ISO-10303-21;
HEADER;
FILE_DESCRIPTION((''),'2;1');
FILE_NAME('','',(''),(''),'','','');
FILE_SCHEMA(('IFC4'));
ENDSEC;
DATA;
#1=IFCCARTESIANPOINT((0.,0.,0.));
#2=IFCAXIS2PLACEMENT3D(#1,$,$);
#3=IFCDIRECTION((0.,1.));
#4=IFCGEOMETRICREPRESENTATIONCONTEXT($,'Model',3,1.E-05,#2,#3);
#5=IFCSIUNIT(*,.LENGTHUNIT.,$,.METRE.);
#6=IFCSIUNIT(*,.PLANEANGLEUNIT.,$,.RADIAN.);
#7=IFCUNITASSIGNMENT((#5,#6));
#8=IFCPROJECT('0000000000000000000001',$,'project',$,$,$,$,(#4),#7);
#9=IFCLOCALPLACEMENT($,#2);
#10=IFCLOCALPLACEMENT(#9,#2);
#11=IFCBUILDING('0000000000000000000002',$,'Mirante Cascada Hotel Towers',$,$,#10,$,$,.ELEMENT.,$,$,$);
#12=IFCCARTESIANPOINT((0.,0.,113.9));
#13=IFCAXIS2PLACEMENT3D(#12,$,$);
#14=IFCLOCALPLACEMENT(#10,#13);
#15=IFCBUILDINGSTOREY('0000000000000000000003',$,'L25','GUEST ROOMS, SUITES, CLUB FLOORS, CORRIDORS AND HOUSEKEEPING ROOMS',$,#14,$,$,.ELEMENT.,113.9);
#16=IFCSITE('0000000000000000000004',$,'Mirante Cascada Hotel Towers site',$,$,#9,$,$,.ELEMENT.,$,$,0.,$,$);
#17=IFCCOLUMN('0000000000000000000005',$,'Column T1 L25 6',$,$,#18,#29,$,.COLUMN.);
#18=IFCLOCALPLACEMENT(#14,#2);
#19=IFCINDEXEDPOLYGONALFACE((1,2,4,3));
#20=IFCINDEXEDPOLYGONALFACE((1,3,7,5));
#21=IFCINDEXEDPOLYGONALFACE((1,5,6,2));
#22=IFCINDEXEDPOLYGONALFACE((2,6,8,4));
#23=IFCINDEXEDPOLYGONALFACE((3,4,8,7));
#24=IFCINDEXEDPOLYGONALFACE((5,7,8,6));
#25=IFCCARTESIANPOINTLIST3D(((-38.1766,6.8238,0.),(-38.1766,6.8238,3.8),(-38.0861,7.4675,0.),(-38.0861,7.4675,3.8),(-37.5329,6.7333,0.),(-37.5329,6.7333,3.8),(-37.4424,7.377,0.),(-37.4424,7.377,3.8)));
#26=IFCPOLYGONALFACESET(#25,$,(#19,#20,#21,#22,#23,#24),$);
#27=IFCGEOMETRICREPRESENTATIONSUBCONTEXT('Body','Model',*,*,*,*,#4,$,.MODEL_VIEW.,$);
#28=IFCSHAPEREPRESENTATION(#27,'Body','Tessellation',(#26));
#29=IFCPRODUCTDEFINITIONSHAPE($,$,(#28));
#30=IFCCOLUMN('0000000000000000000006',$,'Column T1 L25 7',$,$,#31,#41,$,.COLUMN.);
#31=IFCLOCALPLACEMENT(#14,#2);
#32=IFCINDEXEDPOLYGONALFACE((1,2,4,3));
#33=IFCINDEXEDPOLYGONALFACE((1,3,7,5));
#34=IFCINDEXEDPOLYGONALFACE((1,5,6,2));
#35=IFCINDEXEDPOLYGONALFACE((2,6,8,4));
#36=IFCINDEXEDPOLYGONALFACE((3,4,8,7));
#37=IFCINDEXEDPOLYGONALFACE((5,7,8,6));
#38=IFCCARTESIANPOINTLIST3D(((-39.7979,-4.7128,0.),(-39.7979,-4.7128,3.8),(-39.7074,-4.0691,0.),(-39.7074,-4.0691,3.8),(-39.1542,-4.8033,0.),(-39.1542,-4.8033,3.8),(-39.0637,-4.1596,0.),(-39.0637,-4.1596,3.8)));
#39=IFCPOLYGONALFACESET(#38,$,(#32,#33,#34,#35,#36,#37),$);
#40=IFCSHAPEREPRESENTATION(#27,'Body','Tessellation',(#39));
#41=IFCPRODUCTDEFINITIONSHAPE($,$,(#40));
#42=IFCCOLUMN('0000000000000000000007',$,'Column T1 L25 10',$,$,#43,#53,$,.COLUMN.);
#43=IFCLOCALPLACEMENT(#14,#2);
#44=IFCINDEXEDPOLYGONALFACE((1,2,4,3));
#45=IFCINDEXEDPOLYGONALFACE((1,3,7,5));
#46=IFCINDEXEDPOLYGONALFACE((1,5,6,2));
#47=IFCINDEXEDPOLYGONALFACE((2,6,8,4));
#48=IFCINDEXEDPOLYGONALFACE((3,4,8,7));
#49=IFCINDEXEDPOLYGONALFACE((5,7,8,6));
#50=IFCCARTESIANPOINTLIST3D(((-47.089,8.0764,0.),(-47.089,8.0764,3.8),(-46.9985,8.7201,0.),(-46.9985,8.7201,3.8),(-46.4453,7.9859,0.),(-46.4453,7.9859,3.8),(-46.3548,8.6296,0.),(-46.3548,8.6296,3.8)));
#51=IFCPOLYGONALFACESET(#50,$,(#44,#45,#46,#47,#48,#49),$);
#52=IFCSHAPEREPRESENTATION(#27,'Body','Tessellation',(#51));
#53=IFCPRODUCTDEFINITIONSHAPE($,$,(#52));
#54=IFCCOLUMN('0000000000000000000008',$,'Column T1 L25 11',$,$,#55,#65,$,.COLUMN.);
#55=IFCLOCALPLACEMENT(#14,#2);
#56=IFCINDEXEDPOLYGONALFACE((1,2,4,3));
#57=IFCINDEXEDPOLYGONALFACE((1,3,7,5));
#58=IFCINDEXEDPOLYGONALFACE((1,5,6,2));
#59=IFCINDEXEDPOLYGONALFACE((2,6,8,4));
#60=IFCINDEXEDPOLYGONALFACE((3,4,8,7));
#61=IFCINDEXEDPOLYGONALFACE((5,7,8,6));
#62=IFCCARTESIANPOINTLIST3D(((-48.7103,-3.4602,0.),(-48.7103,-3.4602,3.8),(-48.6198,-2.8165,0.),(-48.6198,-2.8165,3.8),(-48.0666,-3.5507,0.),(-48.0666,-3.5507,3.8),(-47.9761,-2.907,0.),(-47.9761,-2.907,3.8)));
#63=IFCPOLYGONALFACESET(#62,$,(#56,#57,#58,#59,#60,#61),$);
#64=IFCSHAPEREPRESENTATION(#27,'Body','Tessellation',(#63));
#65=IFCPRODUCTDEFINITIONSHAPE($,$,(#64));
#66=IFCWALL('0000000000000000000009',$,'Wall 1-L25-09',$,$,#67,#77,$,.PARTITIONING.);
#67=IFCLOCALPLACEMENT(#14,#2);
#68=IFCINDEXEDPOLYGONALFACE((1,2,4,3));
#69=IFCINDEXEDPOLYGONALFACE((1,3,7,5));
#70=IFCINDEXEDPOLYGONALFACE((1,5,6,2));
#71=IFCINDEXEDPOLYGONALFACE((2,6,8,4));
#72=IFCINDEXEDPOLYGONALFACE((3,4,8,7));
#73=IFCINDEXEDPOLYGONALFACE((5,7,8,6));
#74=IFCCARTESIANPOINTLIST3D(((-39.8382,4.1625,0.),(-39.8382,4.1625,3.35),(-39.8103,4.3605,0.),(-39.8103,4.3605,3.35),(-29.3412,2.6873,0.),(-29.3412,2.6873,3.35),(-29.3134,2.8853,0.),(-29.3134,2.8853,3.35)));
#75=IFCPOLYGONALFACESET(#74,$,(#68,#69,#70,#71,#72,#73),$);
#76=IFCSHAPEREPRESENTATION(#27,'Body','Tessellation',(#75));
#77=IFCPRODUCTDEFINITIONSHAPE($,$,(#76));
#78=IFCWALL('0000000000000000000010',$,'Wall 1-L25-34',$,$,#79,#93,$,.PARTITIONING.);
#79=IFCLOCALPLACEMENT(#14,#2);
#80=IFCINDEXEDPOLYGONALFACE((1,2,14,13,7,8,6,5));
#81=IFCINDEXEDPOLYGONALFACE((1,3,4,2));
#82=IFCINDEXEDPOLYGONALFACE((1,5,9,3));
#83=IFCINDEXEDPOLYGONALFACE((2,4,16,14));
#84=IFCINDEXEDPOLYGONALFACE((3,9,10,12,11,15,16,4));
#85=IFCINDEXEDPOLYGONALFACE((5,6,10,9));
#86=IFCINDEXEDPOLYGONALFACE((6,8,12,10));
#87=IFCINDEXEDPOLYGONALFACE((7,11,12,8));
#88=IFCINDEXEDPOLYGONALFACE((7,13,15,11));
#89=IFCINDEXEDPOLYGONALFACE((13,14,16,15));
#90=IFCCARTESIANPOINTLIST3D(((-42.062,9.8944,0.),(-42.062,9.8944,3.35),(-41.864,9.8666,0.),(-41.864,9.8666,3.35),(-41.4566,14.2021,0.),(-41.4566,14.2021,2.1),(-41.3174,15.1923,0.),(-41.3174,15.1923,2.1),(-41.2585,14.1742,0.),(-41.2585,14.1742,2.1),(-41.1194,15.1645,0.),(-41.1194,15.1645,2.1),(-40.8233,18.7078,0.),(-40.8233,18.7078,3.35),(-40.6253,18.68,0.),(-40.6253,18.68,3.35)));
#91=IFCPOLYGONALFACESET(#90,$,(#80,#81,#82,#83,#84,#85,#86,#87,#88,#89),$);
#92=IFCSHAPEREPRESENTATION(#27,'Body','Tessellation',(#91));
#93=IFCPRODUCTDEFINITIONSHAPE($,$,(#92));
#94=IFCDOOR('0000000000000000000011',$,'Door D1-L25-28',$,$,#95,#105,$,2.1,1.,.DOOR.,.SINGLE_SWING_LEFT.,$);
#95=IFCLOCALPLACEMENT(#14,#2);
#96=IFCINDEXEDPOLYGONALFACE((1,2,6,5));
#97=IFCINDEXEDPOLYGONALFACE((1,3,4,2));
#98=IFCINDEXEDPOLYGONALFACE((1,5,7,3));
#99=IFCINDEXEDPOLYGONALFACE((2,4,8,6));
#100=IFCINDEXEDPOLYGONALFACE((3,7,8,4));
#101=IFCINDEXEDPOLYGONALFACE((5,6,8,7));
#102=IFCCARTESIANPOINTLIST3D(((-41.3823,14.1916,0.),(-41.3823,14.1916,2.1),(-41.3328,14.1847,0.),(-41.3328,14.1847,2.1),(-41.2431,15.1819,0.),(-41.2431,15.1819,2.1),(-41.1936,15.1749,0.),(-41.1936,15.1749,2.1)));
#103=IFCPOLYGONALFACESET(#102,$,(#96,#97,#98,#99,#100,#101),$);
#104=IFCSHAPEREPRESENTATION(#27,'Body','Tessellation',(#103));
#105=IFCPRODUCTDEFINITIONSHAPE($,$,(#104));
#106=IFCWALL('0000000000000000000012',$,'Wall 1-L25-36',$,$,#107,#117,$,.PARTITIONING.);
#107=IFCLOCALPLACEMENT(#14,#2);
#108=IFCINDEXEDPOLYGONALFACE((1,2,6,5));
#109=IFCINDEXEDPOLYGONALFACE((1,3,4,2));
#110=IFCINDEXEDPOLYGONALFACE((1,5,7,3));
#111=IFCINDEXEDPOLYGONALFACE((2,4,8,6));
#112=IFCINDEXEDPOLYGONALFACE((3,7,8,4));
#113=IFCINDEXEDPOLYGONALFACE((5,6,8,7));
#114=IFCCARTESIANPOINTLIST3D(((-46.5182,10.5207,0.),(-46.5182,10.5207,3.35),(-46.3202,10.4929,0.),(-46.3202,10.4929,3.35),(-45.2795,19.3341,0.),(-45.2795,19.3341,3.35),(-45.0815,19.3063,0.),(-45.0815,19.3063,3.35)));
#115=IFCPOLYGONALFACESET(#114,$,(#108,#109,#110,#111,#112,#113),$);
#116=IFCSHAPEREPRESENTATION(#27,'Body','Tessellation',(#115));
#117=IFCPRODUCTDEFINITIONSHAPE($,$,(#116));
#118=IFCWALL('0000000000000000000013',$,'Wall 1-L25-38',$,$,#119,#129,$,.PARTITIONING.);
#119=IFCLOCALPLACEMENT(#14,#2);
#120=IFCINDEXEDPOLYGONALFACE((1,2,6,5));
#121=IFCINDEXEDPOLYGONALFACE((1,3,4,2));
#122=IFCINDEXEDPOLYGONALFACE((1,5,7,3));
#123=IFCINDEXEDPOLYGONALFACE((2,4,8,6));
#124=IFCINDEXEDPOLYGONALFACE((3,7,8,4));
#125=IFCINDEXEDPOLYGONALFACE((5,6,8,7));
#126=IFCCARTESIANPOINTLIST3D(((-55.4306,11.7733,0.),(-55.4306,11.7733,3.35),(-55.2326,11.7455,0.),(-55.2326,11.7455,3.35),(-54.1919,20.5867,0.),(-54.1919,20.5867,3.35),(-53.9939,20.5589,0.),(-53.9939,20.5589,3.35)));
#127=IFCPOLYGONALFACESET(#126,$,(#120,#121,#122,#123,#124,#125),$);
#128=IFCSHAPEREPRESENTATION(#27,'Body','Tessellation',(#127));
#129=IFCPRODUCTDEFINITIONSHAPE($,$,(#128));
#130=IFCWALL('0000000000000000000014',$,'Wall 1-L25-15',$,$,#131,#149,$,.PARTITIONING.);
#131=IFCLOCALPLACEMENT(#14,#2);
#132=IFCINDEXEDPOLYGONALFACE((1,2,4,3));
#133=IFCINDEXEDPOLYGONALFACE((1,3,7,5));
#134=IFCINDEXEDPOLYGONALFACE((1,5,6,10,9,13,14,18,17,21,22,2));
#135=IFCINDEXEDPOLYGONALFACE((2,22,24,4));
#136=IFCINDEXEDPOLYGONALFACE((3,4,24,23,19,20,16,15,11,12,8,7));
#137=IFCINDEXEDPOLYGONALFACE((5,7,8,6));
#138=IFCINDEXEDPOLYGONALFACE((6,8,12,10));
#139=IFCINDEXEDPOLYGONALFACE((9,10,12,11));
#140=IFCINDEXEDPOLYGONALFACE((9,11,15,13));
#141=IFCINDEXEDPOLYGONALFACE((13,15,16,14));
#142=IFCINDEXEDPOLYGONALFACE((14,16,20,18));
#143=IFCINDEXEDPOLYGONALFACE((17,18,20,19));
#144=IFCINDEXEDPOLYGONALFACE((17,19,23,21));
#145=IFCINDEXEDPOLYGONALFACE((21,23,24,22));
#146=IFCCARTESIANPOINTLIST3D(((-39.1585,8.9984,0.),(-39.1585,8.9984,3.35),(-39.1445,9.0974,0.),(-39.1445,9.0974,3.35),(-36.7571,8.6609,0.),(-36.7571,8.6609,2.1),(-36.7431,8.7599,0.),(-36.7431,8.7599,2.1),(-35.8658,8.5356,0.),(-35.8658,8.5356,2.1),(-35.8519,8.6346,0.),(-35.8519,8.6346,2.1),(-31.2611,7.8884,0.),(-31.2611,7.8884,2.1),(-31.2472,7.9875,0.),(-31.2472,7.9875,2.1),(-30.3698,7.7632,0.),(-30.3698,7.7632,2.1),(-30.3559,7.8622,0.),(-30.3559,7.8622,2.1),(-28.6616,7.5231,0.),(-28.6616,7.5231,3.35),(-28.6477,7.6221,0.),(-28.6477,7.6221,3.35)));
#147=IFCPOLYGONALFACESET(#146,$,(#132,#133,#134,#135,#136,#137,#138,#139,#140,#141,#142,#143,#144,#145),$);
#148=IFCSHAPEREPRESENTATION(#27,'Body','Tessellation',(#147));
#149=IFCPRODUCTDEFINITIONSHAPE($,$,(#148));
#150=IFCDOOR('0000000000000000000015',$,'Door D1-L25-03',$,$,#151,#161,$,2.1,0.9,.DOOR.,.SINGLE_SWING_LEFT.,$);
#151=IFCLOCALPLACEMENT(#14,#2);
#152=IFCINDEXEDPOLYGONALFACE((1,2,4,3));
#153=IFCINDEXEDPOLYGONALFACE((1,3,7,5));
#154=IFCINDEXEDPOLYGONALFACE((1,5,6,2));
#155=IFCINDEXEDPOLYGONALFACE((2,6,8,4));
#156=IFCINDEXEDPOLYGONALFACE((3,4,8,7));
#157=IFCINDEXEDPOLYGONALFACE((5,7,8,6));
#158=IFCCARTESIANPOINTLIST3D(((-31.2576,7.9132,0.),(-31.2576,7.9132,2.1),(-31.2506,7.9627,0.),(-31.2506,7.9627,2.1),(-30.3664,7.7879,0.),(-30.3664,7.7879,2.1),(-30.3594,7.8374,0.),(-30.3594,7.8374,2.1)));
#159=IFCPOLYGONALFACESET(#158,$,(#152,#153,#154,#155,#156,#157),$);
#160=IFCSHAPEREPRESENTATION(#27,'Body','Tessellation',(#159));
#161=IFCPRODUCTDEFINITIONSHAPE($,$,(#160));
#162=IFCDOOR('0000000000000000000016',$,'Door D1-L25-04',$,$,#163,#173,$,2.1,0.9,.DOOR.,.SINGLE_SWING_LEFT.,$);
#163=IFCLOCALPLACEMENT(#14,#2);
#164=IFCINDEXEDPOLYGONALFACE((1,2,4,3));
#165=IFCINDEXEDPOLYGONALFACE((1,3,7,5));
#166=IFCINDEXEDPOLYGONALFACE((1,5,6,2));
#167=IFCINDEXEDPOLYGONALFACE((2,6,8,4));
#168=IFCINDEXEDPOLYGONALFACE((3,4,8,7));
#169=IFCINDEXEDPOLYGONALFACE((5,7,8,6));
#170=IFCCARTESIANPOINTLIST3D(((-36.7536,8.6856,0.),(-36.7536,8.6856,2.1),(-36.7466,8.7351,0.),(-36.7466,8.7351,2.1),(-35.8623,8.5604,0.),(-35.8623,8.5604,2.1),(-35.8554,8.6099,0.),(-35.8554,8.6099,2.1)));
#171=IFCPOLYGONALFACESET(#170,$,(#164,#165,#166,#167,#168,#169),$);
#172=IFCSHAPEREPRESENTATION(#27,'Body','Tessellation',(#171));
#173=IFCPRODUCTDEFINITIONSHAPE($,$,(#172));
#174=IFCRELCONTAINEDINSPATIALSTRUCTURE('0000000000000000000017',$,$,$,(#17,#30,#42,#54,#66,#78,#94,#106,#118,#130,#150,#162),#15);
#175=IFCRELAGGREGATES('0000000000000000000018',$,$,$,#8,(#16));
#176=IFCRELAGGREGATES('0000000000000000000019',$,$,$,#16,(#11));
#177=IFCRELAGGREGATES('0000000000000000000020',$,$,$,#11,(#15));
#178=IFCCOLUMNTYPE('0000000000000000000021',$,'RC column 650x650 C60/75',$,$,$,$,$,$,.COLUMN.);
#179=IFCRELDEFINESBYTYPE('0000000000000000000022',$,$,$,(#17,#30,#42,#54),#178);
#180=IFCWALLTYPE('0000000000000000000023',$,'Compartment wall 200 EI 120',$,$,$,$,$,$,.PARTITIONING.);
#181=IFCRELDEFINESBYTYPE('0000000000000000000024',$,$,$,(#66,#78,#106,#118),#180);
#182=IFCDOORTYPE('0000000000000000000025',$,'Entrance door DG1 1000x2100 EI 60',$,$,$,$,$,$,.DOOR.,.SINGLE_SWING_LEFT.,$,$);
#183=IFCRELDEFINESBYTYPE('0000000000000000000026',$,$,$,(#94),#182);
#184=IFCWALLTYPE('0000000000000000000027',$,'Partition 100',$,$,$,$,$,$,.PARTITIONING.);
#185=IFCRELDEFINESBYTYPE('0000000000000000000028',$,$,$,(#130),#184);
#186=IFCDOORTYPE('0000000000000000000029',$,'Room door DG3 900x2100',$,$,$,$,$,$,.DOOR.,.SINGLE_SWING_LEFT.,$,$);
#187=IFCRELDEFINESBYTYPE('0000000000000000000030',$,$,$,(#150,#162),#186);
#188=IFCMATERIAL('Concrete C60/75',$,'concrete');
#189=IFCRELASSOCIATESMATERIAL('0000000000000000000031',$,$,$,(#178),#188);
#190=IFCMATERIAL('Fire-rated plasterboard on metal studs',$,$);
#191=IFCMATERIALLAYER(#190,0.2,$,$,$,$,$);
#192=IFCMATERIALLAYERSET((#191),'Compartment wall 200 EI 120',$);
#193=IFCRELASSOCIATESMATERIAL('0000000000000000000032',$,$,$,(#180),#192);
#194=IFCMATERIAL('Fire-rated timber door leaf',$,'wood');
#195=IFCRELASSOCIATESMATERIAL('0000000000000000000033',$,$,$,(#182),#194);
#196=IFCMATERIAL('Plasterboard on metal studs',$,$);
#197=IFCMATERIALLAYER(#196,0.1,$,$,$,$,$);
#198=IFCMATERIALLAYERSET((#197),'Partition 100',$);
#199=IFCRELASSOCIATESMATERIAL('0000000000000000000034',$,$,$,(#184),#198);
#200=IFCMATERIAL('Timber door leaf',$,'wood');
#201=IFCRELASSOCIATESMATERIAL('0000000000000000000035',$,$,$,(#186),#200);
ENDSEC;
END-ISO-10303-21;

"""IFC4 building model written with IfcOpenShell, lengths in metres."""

from ifc_helpers import new_model, si_unit, direction, frame, frame_2d, origin, origin_2d, place, context, subcontext, project, spatial, rectangle, extrude, material, layer, layer_set, material_profile, profile_set, type_object, element, fill, save


model = new_model("IFC4")

# Units and contexts
model_context = context("Model", 3, precision=1e-05, world=origin(), true_north=direction((0.0, 1.0)))
body_context = subcontext(model_context, "Body", "Model", "MODEL_VIEW")
ifc_project = project(units=[si_unit("LENGTHUNIT", "METRE"), si_unit("PLANEANGLEUNIT", "RADIAN")], contexts=[model_context])

# Site, building, storey
site_placement = place(None, origin())
site = spatial("IfcSite", under=ifc_project, at=site_placement, Name="Mirante Cascada Hotel Towers site", CompositionType="ELEMENT", RefElevation=0.0)
building_placement = place(site_placement, origin())
building = spatial("IfcBuilding", under=site, at=building_placement, Name="Mirante Cascada Hotel Towers", CompositionType="ELEMENT")
storey_placement = place(building_placement, frame((0.0, 0.0, 113.9)))
storey = spatial("IfcBuildingStorey", under=building, at=storey_placement, Name="L25", Description="GUEST ROOMS, SUITES, CLUB FLOORS, CORRIDORS AND HOUSEKEEPING ROOMS", CompositionType="ELEMENT", Elevation=113.9)

# Columns
ifc_material_1 = material(Name="Concrete C60/75", Category="concrete")
ifc_material_profile = material_profile(ifc_material_1, rectangle(XDim=0.65, YDim=0.65, at=origin_2d()), Name="RC column 650x650 C60/75")
ifc_profile_set = profile_set([ifc_material_profile], Name="Concrete C60/75")
column_type = type_object("IfcColumnType", Name="RC column 650x650 C60/75", PredefinedType="COLUMN", material=ifc_profile_set)
for number, where, z_axis, x_axis, name in (
    (1, (-37.8095, 7.1004, 0.0), (0.0, 0.0, 1.0), (-0.990268, 0.139173, 0.0), "Column T1 L25 6"),
    (2, (-39.4308, -4.4362, 0.0), (0.0, 0.0, 1.0), (-0.990268, 0.139173, 0.0), "Column T1 L25 7"),
    (3, (-46.7219, 8.353, 0.0), (0.0, 0.0, 1.0), (-0.990268, 0.139173, 0.0), "Column T1 L25 10"),
    (4, (-48.3432, -3.1836, 0.0), (0.0, 0.0, 1.0), (-0.990268, 0.139173, 0.0), "Column T1 L25 11"),
):
    element("IfcColumn", number, at=place(storey_placement, frame(where, z_axis=z_axis, x_axis=x_axis)), inside=storey, type_object=column_type, Name=name, PredefinedType="COLUMN", context=body_context, shape_type="SweptSolid", body=[
        extrude(rectangle(XDim=0.65, YDim=0.65, at=origin_2d()), origin(), (0.0, 0.0, 1.0), 3.8),
    ])

# Wall
ifc_material_2 = material(Name="Fire-rated plasterboard on metal studs")
ifc_layer_1 = layer(ifc_material_2, 0.2)
ifc_layer_set_1 = layer_set([ifc_layer_1], Name="Compartment wall 200 EI 120")
wall_type_1 = type_object("IfcWallType", Name="Compartment wall 200 EI 120", PredefinedType="PARTITIONING", material=ifc_layer_set_1)
wall_1_placement = place(storey_placement, frame((-39.8242, 4.2615, 0.0), z_axis=(0.0, 0.0, 1.0), x_axis=(0.990269, -0.139169, 0.0)))
element("IfcWall", 5, at=wall_1_placement, inside=storey, type_object=wall_type_1, Name="Wall 1-L25-09", PredefinedType="PARTITIONING", context=body_context, shape_type="SweptSolid", body=[
    extrude(rectangle(XDim=10.6001, YDim=0.2, at=frame_2d((5.3, 0.0))), origin(), (0.0, 0.0, 1.0), 3.35),
])

# Wall, opening, door
wall_2_placement = place(storey_placement, frame((-41.963, 9.8805, 0.0), z_axis=(0.0, 0.0, 1.0), x_axis=(0.139179, 0.990267, 0.0)))
wall_2 = element("IfcWall", 6, at=wall_2_placement, inside=storey, type_object=wall_type_1, Name="Wall 1-L25-34", PredefinedType="PARTITIONING", context=body_context, shape_type="SweptSolid", body=[
    extrude(rectangle(XDim=8.9, YDim=0.2, at=frame_2d((4.45, 0.0))), origin(), (0.0, 0.0, 1.0), 3.35),
])
opening_1_placement = place(wall_2_placement, frame((4.35, 0.0, 0.0)))
opening_1 = element("IfcOpeningElement", 7, at=opening_1_placement, cuts=wall_2, PredefinedType="OPENING", context=body_context, shape_type="SweptSolid", body=[
    extrude(rectangle(XDim=1.0, YDim=2.1, at=frame_2d((0.5, 1.05))), frame((0.0, 0.1, 0.0), z_axis=(0.0, -1.0, 0.0), x_axis=(1.0, 0.0, 0.0)), (0.0, 0.0, 1.0), 0.2),
])
ifc_material_3 = material(Name="Fire-rated timber door leaf", Category="wood")
door_type_1 = type_object("IfcDoorType", Name="Entrance door DG1 1000x2100 EI 60", OperationType="SINGLE_SWING_LEFT", PredefinedType="DOOR", material=ifc_material_3)
door_1_placement = place(opening_1_placement, origin())
door_1 = element("IfcDoor", 8, at=door_1_placement, inside=storey, type_object=door_type_1, Name="Door D1-L25-28", OperationType="SINGLE_SWING_LEFT", OverallHeight=2.1, OverallWidth=1.0, PredefinedType="DOOR", context=body_context, shape_type="SweptSolid", body=[
    extrude(rectangle(XDim=1.0, YDim=2.1, at=frame_2d((0.5, 1.05))), frame((0.0, 0.025, 0.0), z_axis=(0.0, -1.0, 0.0), x_axis=(1.0, 0.0, 0.0)), (0.0, 0.0, 1.0), 0.05),
])
fill(opening_1, door_1)

# Walls
for number, where, z_axis, x_axis, name in (
    (9, (-46.4192, 10.5068, 0.0), (0.0, 0.0, 1.0), (0.139179, 0.990267, 0.0), "Wall 1-L25-36"),
    (10, (-55.3316, 11.7594, 0.0), (0.0, 0.0, 1.0), (0.139179, 0.990267, 0.0), "Wall 1-L25-38"),
):
    element("IfcWall", number, at=place(storey_placement, frame(where, z_axis=z_axis, x_axis=x_axis)), inside=storey, type_object=wall_type_1, Name=name, PredefinedType="PARTITIONING", context=body_context, shape_type="SweptSolid", body=[
        extrude(rectangle(XDim=8.9, YDim=0.2, at=frame_2d((4.45, 0.0))), origin(), (0.0, 0.0, 1.0), 3.35),
    ])

# Wall, openings, doors
ifc_material_4 = material(Name="Plasterboard on metal studs")
ifc_layer_2 = layer(ifc_material_4, 0.1)
ifc_layer_set_2 = layer_set([ifc_layer_2], Name="Partition 100")
wall_type_2 = type_object("IfcWallType", Name="Partition 100", PredefinedType="PARTITIONING", material=ifc_layer_set_2)
wall_3_placement = place(storey_placement, frame((-39.1515, 9.0479, 0.0), z_axis=(0.0, 0.0, 1.0), x_axis=(0.990267, -0.13918, 0.0)))
wall_3 = element("IfcWall", 11, at=wall_3_placement, inside=storey, type_object=wall_type_2, Name="Wall 1-L25-15", PredefinedType="PARTITIONING", context=body_context, shape_type="SweptSolid", body=[
    extrude(rectangle(XDim=10.6, YDim=0.1, at=frame_2d((5.3, 0.0))), origin(), (0.0, 0.0, 1.0), 3.35),
])
opening_2_placement = place(wall_3_placement, frame((7.975, 0.0, 0.0)))
opening_2 = element("IfcOpeningElement", 12, at=opening_2_placement, cuts=wall_3, PredefinedType="OPENING", context=body_context, shape_type="SweptSolid", body=[
    extrude(rectangle(XDim=0.9, YDim=2.1, at=frame_2d((0.45, 1.05))), frame((0.0, 0.05, 0.0), z_axis=(0.0, -1.0, 0.0), x_axis=(1.0, 0.0, 0.0)), (0.0, 0.0, 1.0), 0.1),
])
opening_3_placement = place(wall_3_placement, frame((2.425, 0.0, 0.0)))
opening_3 = element("IfcOpeningElement", 13, at=opening_3_placement, cuts=wall_3, PredefinedType="OPENING", context=body_context, shape_type="SweptSolid", body=[
    extrude(rectangle(XDim=0.9, YDim=2.1, at=frame_2d((0.45, 1.05))), frame((0.0, 0.05, 0.0), z_axis=(0.0, -1.0, 0.0), x_axis=(1.0, 0.0, 0.0)), (0.0, 0.0, 1.0), 0.1),
])
ifc_material_5 = material(Name="Timber door leaf", Category="wood")
door_type_2 = type_object("IfcDoorType", Name="Room door DG3 900x2100", OperationType="SINGLE_SWING_LEFT", PredefinedType="DOOR", material=ifc_material_5)
door_2_placement = place(opening_2_placement, origin())
door_2 = element("IfcDoor", 14, at=door_2_placement, inside=storey, type_object=door_type_2, Name="Door D1-L25-03", OperationType="SINGLE_SWING_LEFT", OverallHeight=2.1, OverallWidth=0.9, PredefinedType="DOOR", context=body_context, shape_type="SweptSolid", body=[
    extrude(rectangle(XDim=0.9, YDim=2.1, at=frame_2d((0.45, 1.05))), frame((0.0, 0.025, 0.0), z_axis=(0.0, -1.0, 0.0), x_axis=(1.0, 0.0, 0.0)), (0.0, 0.0, 1.0), 0.05),
])
fill(opening_2, door_2)
door_3_placement = place(opening_3_placement, origin())
door_3 = element("IfcDoor", 15, at=door_3_placement, inside=storey, type_object=door_type_2, Name="Door D1-L25-04", OperationType="SINGLE_SWING_LEFT", OverallHeight=2.1, OverallWidth=0.9, PredefinedType="DOOR", context=body_context, shape_type="SweptSolid", body=[
    extrude(rectangle(XDim=0.9, YDim=2.1, at=frame_2d((0.45, 1.05))), frame((0.0, 0.025, 0.0), z_axis=(0.0, -1.0, 0.0), x_axis=(1.0, 0.0, 0.0)), (0.0, 0.0, 1.0), 0.05),
])
fill(opening_3, door_3)

save(model, "model.ifc")
